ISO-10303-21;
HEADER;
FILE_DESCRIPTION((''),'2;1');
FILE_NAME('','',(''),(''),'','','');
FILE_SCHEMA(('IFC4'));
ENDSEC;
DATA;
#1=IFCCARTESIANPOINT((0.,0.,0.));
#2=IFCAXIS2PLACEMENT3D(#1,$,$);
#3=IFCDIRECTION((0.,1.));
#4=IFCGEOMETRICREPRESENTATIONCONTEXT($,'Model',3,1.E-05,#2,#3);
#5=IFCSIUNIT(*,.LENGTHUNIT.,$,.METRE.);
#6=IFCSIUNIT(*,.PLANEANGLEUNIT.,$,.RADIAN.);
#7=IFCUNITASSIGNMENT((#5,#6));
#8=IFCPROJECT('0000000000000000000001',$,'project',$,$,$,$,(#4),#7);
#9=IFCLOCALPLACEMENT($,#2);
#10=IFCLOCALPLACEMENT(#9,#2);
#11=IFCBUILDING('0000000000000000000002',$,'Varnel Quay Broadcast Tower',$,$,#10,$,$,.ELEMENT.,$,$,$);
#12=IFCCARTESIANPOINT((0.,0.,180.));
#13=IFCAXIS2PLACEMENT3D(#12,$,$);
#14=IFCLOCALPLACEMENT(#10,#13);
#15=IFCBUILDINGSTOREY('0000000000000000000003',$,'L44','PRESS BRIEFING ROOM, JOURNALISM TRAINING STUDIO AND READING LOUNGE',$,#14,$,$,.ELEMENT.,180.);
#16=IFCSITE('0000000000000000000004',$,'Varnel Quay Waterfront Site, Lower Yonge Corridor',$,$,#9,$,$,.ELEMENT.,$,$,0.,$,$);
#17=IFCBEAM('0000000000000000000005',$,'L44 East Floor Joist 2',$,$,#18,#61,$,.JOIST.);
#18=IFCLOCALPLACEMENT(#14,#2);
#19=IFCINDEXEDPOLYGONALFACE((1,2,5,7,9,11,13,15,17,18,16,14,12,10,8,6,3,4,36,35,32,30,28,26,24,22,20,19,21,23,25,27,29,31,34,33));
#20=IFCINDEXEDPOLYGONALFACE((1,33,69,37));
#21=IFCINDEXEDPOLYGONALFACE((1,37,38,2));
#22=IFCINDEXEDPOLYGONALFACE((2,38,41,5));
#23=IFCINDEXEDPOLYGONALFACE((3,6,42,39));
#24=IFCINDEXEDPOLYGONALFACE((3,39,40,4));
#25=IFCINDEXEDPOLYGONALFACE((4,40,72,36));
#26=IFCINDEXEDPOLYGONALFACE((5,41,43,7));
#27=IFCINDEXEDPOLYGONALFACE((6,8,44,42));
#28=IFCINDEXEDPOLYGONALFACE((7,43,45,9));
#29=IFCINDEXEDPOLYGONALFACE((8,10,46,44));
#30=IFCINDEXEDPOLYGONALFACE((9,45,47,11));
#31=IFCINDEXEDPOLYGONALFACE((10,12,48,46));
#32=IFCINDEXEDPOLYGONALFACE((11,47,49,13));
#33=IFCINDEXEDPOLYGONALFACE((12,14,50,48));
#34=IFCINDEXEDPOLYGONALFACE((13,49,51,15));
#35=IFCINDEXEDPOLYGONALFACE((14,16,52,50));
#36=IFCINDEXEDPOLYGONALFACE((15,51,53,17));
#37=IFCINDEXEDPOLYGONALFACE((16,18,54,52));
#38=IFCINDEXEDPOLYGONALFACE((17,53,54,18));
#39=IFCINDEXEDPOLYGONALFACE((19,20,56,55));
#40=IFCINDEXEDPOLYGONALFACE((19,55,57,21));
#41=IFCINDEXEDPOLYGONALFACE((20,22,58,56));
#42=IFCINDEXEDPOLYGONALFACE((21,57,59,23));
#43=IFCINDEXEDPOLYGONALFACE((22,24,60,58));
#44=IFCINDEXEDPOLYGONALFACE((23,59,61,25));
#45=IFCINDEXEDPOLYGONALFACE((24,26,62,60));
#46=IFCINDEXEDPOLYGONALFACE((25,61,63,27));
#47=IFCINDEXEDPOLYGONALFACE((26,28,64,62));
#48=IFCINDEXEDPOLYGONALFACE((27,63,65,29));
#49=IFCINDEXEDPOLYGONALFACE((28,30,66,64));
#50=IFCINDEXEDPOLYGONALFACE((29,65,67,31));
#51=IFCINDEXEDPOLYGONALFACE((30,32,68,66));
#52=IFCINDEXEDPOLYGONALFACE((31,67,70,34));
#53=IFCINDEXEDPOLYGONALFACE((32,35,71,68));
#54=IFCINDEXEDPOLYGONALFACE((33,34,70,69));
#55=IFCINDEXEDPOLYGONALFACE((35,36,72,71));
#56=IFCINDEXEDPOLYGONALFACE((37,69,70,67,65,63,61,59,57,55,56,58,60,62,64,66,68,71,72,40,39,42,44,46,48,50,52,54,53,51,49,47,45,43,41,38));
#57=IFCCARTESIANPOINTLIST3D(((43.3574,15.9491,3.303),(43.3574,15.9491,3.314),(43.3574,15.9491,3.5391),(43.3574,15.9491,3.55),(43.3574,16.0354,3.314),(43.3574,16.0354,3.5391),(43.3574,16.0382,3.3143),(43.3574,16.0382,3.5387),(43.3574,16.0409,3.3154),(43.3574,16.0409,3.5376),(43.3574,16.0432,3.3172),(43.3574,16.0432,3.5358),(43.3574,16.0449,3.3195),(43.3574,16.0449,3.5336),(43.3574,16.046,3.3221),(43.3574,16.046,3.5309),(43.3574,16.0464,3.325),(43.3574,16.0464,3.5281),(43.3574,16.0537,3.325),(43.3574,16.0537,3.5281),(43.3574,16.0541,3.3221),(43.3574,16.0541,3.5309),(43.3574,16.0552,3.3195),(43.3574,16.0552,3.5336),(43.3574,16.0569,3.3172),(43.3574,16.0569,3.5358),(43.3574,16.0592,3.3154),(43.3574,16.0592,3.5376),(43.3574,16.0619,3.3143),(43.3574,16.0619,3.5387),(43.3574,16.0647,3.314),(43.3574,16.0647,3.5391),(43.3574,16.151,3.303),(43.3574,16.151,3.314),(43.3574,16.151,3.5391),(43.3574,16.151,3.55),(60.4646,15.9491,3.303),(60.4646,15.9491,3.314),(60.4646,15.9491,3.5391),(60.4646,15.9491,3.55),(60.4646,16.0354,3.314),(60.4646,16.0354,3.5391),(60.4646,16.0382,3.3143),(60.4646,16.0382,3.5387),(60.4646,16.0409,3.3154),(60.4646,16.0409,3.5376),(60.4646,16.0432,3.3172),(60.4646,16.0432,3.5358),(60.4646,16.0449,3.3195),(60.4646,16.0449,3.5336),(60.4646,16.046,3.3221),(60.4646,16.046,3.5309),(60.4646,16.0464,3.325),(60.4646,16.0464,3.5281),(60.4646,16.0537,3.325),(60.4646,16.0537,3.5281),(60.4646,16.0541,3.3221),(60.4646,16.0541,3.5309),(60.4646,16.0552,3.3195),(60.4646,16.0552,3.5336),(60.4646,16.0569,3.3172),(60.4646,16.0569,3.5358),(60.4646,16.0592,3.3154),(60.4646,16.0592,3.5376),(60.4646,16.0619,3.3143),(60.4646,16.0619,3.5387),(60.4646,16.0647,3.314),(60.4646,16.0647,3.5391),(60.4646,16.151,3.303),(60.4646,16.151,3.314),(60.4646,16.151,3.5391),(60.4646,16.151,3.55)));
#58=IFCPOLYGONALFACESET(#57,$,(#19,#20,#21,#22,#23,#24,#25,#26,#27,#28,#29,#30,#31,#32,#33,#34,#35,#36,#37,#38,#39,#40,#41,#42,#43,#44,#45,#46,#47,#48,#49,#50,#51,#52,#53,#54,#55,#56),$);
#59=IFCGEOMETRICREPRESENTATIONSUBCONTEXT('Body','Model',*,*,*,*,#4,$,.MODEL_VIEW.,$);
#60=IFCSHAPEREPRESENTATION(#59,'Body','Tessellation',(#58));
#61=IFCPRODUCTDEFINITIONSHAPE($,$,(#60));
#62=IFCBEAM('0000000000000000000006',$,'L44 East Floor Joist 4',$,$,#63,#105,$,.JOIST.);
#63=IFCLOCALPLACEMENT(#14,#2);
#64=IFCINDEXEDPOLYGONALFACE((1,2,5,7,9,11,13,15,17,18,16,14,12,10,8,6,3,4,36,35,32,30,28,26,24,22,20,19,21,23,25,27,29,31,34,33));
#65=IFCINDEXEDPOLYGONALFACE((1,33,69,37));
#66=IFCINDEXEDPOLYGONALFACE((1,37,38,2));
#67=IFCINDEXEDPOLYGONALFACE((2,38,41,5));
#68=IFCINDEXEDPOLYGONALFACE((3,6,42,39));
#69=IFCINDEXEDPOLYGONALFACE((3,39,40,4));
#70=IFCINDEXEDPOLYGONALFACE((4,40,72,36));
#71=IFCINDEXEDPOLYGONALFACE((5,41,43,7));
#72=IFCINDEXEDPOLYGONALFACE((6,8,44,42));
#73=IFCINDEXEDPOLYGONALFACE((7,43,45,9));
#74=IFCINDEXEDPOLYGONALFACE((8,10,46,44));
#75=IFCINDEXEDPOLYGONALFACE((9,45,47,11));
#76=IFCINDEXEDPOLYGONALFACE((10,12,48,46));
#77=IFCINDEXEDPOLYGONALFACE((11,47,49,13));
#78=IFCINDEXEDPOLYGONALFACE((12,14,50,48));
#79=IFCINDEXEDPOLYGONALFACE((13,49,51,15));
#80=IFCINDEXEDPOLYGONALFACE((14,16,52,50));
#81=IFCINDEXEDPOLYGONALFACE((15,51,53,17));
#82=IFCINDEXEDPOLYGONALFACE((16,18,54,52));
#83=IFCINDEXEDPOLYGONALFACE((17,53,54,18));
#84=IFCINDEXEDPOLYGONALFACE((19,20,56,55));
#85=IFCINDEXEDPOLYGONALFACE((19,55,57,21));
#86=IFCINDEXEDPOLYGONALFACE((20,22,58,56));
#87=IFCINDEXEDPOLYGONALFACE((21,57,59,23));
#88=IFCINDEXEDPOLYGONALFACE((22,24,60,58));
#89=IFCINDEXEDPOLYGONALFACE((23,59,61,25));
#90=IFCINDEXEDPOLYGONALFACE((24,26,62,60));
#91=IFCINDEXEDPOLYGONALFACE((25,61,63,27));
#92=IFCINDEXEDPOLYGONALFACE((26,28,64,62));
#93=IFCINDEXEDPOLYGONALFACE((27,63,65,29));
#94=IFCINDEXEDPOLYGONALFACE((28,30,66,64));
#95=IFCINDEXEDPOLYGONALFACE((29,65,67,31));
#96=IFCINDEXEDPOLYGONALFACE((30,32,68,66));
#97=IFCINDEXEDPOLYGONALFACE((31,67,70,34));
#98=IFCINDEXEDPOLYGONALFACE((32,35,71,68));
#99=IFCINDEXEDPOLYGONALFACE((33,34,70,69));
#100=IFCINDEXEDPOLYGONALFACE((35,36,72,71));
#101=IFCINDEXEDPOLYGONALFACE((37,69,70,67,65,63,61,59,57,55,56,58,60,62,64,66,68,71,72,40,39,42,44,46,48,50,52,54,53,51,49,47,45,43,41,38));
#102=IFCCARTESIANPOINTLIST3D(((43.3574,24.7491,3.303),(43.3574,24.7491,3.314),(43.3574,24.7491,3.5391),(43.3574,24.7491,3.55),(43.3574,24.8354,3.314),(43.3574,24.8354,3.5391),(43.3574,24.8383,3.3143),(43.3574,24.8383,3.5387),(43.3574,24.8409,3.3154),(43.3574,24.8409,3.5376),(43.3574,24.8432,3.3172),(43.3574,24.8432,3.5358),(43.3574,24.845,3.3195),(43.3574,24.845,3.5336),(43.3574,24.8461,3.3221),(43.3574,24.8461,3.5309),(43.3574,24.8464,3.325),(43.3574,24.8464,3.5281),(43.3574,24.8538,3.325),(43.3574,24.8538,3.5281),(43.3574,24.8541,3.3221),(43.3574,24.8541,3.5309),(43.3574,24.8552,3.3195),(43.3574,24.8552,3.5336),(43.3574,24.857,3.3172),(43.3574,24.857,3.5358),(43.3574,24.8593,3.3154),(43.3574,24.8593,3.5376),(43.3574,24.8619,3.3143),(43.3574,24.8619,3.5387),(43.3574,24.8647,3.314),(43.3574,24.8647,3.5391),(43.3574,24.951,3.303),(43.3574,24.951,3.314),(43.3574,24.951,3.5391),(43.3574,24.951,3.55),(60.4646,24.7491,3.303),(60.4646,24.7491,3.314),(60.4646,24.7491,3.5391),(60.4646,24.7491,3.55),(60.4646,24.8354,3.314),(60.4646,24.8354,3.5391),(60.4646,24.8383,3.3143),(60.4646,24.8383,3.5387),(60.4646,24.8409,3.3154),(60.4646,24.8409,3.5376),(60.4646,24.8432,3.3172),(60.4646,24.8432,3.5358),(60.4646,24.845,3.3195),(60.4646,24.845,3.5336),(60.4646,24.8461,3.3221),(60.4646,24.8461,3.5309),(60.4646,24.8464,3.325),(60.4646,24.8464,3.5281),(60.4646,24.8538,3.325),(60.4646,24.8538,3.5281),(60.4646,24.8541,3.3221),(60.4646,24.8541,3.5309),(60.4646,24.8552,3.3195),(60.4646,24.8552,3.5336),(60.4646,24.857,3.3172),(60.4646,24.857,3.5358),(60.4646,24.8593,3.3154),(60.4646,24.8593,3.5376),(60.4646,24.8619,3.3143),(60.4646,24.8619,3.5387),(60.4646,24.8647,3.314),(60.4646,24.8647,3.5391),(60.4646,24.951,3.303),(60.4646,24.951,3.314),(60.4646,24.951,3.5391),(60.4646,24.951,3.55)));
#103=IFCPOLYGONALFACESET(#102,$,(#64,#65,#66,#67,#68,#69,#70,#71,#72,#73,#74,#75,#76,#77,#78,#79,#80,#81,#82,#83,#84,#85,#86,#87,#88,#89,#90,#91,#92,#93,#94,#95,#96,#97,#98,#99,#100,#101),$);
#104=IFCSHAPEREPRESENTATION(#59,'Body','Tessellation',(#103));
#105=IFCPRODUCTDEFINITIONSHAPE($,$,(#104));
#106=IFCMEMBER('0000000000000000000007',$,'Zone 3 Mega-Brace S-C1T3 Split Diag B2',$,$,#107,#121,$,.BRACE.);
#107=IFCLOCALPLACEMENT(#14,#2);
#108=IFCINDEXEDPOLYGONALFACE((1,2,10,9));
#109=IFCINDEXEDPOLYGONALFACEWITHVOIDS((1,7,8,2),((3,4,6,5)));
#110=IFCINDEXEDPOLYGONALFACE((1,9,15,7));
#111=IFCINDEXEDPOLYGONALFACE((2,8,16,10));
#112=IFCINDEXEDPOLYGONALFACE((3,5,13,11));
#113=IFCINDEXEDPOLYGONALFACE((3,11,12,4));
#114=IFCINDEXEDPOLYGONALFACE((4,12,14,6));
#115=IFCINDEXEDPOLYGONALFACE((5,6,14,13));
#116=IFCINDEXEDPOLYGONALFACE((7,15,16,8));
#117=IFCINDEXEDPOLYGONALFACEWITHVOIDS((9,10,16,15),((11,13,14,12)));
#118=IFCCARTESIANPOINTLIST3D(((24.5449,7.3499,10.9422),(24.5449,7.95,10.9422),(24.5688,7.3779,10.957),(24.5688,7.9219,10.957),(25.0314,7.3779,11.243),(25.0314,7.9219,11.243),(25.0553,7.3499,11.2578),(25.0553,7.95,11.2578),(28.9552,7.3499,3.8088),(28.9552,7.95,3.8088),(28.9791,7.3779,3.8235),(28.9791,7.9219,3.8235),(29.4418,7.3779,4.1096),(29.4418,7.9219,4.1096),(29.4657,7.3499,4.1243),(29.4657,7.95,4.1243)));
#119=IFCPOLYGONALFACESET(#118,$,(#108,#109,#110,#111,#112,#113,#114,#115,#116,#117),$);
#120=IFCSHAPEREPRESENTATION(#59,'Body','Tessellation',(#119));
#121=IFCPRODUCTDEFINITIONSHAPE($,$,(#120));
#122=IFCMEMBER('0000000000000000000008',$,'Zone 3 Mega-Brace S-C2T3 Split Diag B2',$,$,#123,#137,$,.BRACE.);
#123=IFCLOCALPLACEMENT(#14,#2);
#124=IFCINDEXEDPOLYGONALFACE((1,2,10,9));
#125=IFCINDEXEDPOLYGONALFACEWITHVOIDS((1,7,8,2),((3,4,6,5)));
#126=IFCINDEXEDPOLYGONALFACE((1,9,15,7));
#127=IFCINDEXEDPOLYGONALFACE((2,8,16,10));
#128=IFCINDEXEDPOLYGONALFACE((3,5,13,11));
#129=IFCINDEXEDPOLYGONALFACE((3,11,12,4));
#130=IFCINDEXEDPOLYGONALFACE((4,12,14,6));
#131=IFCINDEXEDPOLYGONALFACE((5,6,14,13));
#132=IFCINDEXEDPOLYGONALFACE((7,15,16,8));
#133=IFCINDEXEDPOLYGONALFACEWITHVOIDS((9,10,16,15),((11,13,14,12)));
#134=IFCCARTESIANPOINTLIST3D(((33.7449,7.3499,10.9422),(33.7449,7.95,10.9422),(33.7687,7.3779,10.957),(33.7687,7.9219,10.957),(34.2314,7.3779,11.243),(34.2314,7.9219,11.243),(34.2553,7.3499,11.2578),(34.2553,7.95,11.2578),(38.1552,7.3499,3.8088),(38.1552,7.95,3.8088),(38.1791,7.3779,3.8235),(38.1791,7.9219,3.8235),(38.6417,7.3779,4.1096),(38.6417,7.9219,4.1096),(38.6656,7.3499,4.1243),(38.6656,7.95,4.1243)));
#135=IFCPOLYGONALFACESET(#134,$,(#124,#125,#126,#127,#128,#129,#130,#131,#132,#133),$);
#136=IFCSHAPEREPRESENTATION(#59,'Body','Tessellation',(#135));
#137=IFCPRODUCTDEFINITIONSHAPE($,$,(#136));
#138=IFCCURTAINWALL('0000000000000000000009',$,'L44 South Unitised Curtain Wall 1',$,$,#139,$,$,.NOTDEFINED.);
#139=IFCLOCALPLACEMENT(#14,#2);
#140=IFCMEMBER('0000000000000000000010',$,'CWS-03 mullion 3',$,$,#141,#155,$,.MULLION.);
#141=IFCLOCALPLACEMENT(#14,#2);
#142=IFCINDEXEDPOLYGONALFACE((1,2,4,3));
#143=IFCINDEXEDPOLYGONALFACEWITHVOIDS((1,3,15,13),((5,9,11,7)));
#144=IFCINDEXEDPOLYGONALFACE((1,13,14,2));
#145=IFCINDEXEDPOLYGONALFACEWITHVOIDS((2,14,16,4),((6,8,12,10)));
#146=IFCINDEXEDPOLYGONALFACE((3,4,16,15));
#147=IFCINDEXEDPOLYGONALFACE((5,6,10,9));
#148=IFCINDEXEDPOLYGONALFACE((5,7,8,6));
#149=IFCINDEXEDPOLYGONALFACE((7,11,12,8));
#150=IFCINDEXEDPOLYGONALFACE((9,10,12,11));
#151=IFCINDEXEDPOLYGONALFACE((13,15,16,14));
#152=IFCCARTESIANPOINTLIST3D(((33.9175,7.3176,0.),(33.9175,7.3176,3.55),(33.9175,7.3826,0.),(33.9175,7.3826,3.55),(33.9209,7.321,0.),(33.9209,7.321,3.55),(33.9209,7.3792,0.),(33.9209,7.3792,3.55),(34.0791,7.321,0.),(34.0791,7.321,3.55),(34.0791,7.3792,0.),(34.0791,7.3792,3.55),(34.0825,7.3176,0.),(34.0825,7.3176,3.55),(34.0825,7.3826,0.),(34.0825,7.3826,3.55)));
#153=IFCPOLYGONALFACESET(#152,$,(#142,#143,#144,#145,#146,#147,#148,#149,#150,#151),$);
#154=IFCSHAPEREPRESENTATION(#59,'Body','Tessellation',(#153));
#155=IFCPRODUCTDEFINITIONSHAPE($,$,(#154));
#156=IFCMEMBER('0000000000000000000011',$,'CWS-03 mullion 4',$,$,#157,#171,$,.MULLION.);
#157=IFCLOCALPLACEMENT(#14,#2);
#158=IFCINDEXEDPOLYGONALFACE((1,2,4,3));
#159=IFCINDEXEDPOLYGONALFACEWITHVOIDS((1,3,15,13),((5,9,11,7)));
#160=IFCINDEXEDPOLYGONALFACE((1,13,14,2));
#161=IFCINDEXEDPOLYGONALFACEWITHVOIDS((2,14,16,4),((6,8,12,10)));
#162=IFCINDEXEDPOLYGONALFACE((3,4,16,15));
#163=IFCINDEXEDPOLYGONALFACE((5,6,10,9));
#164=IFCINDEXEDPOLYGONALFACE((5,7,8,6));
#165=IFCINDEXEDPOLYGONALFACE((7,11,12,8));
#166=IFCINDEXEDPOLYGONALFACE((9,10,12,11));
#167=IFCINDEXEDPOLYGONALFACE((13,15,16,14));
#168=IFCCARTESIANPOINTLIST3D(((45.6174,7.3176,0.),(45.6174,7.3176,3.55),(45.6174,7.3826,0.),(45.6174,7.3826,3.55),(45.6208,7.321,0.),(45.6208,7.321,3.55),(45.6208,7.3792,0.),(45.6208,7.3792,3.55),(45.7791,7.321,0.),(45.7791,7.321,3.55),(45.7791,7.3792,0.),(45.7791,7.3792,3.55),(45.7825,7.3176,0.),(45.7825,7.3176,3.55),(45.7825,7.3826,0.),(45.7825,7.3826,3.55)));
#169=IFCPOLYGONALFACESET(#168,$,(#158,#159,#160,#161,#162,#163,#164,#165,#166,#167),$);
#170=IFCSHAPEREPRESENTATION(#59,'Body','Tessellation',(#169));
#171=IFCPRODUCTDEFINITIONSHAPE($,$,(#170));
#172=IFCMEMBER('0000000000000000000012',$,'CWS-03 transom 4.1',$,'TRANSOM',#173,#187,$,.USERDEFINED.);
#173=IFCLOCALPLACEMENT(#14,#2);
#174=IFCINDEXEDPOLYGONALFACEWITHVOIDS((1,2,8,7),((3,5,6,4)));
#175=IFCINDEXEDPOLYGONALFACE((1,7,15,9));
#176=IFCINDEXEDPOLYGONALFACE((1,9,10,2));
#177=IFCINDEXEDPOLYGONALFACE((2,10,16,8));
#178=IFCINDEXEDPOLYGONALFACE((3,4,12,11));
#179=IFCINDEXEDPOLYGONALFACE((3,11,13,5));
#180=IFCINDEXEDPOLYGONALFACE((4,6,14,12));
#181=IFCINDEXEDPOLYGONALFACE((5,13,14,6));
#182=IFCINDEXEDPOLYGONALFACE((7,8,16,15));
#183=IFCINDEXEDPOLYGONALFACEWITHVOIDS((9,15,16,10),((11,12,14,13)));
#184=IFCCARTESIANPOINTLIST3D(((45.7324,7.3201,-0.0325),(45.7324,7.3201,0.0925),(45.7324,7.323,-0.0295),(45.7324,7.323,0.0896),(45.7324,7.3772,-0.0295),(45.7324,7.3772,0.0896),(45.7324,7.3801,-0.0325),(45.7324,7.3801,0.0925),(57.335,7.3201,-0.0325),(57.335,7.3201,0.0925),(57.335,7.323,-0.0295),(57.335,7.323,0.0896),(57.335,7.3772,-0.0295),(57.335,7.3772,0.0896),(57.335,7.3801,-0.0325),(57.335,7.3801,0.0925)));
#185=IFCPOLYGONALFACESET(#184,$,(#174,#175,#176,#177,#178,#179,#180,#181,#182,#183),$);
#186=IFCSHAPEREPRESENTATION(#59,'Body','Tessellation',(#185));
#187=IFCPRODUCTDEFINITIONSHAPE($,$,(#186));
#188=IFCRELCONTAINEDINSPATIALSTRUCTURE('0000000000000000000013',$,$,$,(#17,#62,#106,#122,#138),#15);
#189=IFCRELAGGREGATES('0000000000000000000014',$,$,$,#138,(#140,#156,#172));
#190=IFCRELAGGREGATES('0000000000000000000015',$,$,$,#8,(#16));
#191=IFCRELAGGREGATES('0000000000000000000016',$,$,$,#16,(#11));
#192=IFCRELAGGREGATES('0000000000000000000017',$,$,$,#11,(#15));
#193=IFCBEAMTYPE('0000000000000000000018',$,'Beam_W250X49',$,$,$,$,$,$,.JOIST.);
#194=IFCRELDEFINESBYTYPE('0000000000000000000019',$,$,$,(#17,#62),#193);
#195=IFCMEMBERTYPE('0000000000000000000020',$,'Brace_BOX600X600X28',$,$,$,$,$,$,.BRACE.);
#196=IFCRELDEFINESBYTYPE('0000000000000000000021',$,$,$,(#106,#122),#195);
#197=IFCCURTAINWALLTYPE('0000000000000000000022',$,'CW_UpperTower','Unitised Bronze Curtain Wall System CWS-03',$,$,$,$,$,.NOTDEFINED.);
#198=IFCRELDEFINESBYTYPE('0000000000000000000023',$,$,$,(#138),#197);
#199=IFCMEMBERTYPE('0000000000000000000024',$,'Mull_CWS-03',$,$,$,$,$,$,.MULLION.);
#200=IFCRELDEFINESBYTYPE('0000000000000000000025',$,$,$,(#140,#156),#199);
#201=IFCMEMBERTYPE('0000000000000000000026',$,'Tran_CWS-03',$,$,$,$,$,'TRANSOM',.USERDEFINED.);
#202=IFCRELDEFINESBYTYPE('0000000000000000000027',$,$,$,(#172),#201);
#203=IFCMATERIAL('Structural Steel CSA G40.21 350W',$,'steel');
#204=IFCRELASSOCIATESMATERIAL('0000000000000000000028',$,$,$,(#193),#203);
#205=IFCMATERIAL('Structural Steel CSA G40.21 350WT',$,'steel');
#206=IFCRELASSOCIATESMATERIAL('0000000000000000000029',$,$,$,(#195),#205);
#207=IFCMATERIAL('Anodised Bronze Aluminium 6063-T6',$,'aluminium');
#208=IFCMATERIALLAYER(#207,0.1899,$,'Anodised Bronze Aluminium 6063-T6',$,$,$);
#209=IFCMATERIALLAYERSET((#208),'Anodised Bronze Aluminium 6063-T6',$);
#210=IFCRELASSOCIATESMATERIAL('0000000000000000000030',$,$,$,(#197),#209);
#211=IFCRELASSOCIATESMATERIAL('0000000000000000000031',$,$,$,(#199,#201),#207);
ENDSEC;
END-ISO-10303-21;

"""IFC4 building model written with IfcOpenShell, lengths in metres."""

from ifc_helpers import new_model, si_unit, direction, frame, origin, origin_2d, place, context, subcontext, project, spatial, hollow_rectangle, i_section, extrude, source, transform, mapped, material, layer, layer_set, material_profile, profile_set, type_object, type_shapes, element, aggregate, save


model = new_model("IFC4")

# Units and contexts
model_context = context("Model", 3, precision=1e-05, world=origin(), true_north=direction((0.0, 1.0)))
body_context = subcontext(model_context, "Body", "Model", "MODEL_VIEW")
ifc_project = project(units=[si_unit("LENGTHUNIT", "METRE"), si_unit("PLANEANGLEUNIT", "RADIAN")], contexts=[model_context])

# Site, building, storey
site_placement = place(None, origin())
site = spatial("IfcSite", under=ifc_project, at=site_placement, Name="Varnel Quay Waterfront Site, Lower Yonge Corridor", CompositionType="ELEMENT", RefElevation=0.0)
building_placement = place(site_placement, origin())
building = spatial("IfcBuilding", under=site, at=building_placement, Name="Varnel Quay Broadcast Tower", CompositionType="ELEMENT")
storey_placement = place(building_placement, frame((0.0, 0.0, 180.0)))
storey = spatial("IfcBuildingStorey", under=building, at=storey_placement, Name="L44", Description="PRESS BRIEFING ROOM, JOURNALISM TRAINING STUDIO AND READING LOUNGE", CompositionType="ELEMENT", Elevation=180.0)

# Shared definitions
ifc_material_1 = material(Name="Structural Steel CSA G40.21 350W", Category="steel")

# Beams
ifc_material_profile_1 = material_profile(ifc_material_1, i_section(OverallWidth=0.2019, OverallDepth=0.2471, WebThickness=0.0073, FlangeThickness=0.011, FilletRadius=0.011, at=origin_2d()), Name="W250X49")
ifc_profile_set_1 = profile_set([ifc_material_profile_1], Name="Structural Steel CSA G40.21 350W")
beam_type_1 = type_object("IfcBeamType", Name="Beam_W250X49", PredefinedType="JOIST", material=ifc_profile_set_1)
shared_shape_1 = source(origin(), body_context, "Body", "SweptSolid", [
    extrude(i_section(OverallWidth=0.2019, OverallDepth=0.2471, WebThickness=0.0073, FlangeThickness=0.011, FilletRadius=0.011, at=origin_2d()), origin(), (0.0, 0.0, 1.0), 17.1072),
])
type_shapes(beam_type_1, [shared_shape_1])
for number, where, z_axis, x_axis, name in (
    (1, (43.3574, 16.05, 3.4265), (1.0, 0.0, 0.0), (0.0, 1.0, 0.0), "L44 East Floor Joist 2"),
    (2, (43.3574, 24.8501, 3.4265), (1.0, 0.0, 0.0), (0.0, 1.0, 0.0), "L44 East Floor Joist 4"),
):
    element("IfcBeam", number, at=place(storey_placement, frame(where, z_axis=z_axis, x_axis=x_axis)), inside=storey, type_object=beam_type_1, Name=name, PredefinedType="JOIST", context=body_context, shape_type="MappedRepresentation", body=[
        mapped(shared_shape_1, transform((0.0, 0.0, 0.0), x_axis=(1.0, 0.0, 0.0), y_axis=(0.0, 1.0, 0.0), z_axis=(0.0, 0.0, 1.0), scale=1.0)),
    ])

# Members
ifc_material_2 = material(Name="Structural Steel CSA G40.21 350WT", Category="steel")
ifc_material_profile_2 = material_profile(ifc_material_2, hollow_rectangle(XDim=0.6001, YDim=0.6001, WallThickness=0.0281, at=origin_2d()), Name="BOX600X600X28")
ifc_profile_set_2 = profile_set([ifc_material_profile_2], Name="Structural Steel CSA G40.21 350WT")
member_type_1 = type_object("IfcMemberType", Name="Brace_BOX600X600X28", PredefinedType="BRACE", material=ifc_profile_set_2)
shared_shape_2 = source(origin(), body_context, "Body", "SweptSolid", [
    extrude(hollow_rectangle(XDim=0.6001, YDim=0.6001, WallThickness=0.0281, at=origin_2d()), origin(), (0.0, 0.0, 1.0), 8.3867),
])
type_shapes(member_type_1, [shared_shape_2])
for number, where, z_axis, x_axis, name in (
    (3, (29.2104, 7.6499, 3.9666), (-0.525871, 0.0, 0.850564), (0.0, -1.0, 0.0), "Zone 3 Mega-Brace S-C1T3 Split Diag B2"),
    (4, (38.4104, 7.6499, 3.9666), (-0.525871, 0.0, 0.850564), (0.0, -1.0, 0.0), "Zone 3 Mega-Brace S-C2T3 Split Diag B2"),
):
    element("IfcMember", number, at=place(storey_placement, frame(where, z_axis=z_axis, x_axis=x_axis)), inside=storey, type_object=member_type_1, Name=name, PredefinedType="BRACE", context=body_context, shape_type="MappedRepresentation", body=[
        mapped(shared_shape_2, transform((0.0, 0.0, 0.0), x_axis=(1.0, 0.0, 0.0), y_axis=(0.0, 1.0, 0.0), z_axis=(0.0, 0.0, 1.0), scale=1.0)),
    ])

# Curtain wall, members
ifc_material_3 = material(Name="Anodised Bronze Aluminium 6063-T6", Category="aluminium")
ifc_layer_1 = layer(ifc_material_3, 0.1899, Name="Anodised Bronze Aluminium 6063-T6")
ifc_layer_set_1 = layer_set([ifc_layer_1], Name="Anodised Bronze Aluminium 6063-T6")
curtain_wall_type = type_object("IfcCurtainWallType", Name="CW_UpperTower", Description="Unitised Bronze Curtain Wall System CWS-03", PredefinedType="NOTDEFINED", material=ifc_layer_set_1)
curtain_wall_placement = place(storey_placement, origin())
curtain_wall = element("IfcCurtainWall", 5, at=curtain_wall_placement, inside=storey, type_object=curtain_wall_type, Name="L44 South Unitised Curtain Wall 1", PredefinedType="NOTDEFINED")
ifc_material_profile_3 = material_profile(ifc_material_3, hollow_rectangle(XDim=0.0649, YDim=0.165, WallThickness=0.0034, at=origin_2d()), Name="ALU65X165X3.5")
ifc_profile_set_3 = profile_set([ifc_material_profile_3], Name="Anodised Bronze Aluminium 6063-T6")
member_type_2 = type_object("IfcMemberType", Name="Mull_CWS-03", PredefinedType="MULLION", material=ifc_profile_set_3)
shared_shape_3 = source(origin(), body_context, "Body", "SweptSolid", [
    extrude(hollow_rectangle(XDim=0.0649, YDim=0.165, WallThickness=0.0034, at=origin_2d()), origin(), (0.0, 0.0, 1.0), 3.55),
])
type_shapes(member_type_2, [shared_shape_3])
member_1_placement = place(storey_placement, frame((34.0, 7.3501, 0.0), z_axis=(0.0, 0.0, 1.0), x_axis=(0.0, 1.0, 0.0)))
member_1 = element("IfcMember", 6, at=member_1_placement, type_object=member_type_2, Name="CWS-03 mullion 3", PredefinedType="MULLION", context=body_context, shape_type="MappedRepresentation", body=[
    mapped(shared_shape_3, transform((0.0, 0.0, 0.0), x_axis=(1.0, 0.0, 0.0), y_axis=(0.0, 1.0, 0.0), z_axis=(0.0, 0.0, 1.0), scale=1.0)),
])
member_2_placement = place(storey_placement, frame((45.7, 7.3501, 0.0), z_axis=(0.0, 0.0, 1.0), x_axis=(0.0, 1.0, 0.0)))
member_2 = element("IfcMember", 7, at=member_2_placement, type_object=member_type_2, Name="CWS-03 mullion 4", PredefinedType="MULLION", context=body_context, shape_type="MappedRepresentation", body=[
    mapped(shared_shape_3, transform((0.0, 0.0, 0.0), x_axis=(1.0, 0.0, 0.0), y_axis=(0.0, 1.0, 0.0), z_axis=(0.0, 0.0, 1.0), scale=1.0)),
])
ifc_material_profile_4 = material_profile(ifc_material_3, hollow_rectangle(XDim=0.0601, YDim=0.125, WallThickness=0.0029, at=origin_2d()), Name="ALU60X125X3")
ifc_profile_set_4 = profile_set([ifc_material_profile_4], Name="Anodised Bronze Aluminium 6063-T6")
member_type_3 = type_object("IfcMemberType", Name="Tran_CWS-03", ElementType="TRANSOM", PredefinedType="USERDEFINED", material=ifc_profile_set_4)
shared_shape_4 = source(origin(), body_context, "Body", "SweptSolid", [
    extrude(hollow_rectangle(XDim=0.0601, YDim=0.125, WallThickness=0.0029, at=origin_2d()), origin(), (0.0, 0.0, 1.0), 11.6025),
])
member_3_placement = place(storey_placement, frame((45.7324, 7.3501, 0.03), z_axis=(1.0, 0.0, 0.0), x_axis=(0.0, 1.0, 0.0)))
member_3 = element("IfcMember", 8, at=member_3_placement, type_object=member_type_3, Name="CWS-03 transom 4.1", ObjectType="TRANSOM", PredefinedType="USERDEFINED", context=body_context, shape_type="MappedRepresentation", body=[
    mapped(shared_shape_4, transform((0.0, 0.0, 0.0), x_axis=(1.0, 0.0, 0.0), y_axis=(0.0, 1.0, 0.0), z_axis=(0.0, 0.0, 1.0), scale=1.0)),
])

aggregate(curtain_wall, [member_1, member_2, member_3])

save(model, "model.ifc")
